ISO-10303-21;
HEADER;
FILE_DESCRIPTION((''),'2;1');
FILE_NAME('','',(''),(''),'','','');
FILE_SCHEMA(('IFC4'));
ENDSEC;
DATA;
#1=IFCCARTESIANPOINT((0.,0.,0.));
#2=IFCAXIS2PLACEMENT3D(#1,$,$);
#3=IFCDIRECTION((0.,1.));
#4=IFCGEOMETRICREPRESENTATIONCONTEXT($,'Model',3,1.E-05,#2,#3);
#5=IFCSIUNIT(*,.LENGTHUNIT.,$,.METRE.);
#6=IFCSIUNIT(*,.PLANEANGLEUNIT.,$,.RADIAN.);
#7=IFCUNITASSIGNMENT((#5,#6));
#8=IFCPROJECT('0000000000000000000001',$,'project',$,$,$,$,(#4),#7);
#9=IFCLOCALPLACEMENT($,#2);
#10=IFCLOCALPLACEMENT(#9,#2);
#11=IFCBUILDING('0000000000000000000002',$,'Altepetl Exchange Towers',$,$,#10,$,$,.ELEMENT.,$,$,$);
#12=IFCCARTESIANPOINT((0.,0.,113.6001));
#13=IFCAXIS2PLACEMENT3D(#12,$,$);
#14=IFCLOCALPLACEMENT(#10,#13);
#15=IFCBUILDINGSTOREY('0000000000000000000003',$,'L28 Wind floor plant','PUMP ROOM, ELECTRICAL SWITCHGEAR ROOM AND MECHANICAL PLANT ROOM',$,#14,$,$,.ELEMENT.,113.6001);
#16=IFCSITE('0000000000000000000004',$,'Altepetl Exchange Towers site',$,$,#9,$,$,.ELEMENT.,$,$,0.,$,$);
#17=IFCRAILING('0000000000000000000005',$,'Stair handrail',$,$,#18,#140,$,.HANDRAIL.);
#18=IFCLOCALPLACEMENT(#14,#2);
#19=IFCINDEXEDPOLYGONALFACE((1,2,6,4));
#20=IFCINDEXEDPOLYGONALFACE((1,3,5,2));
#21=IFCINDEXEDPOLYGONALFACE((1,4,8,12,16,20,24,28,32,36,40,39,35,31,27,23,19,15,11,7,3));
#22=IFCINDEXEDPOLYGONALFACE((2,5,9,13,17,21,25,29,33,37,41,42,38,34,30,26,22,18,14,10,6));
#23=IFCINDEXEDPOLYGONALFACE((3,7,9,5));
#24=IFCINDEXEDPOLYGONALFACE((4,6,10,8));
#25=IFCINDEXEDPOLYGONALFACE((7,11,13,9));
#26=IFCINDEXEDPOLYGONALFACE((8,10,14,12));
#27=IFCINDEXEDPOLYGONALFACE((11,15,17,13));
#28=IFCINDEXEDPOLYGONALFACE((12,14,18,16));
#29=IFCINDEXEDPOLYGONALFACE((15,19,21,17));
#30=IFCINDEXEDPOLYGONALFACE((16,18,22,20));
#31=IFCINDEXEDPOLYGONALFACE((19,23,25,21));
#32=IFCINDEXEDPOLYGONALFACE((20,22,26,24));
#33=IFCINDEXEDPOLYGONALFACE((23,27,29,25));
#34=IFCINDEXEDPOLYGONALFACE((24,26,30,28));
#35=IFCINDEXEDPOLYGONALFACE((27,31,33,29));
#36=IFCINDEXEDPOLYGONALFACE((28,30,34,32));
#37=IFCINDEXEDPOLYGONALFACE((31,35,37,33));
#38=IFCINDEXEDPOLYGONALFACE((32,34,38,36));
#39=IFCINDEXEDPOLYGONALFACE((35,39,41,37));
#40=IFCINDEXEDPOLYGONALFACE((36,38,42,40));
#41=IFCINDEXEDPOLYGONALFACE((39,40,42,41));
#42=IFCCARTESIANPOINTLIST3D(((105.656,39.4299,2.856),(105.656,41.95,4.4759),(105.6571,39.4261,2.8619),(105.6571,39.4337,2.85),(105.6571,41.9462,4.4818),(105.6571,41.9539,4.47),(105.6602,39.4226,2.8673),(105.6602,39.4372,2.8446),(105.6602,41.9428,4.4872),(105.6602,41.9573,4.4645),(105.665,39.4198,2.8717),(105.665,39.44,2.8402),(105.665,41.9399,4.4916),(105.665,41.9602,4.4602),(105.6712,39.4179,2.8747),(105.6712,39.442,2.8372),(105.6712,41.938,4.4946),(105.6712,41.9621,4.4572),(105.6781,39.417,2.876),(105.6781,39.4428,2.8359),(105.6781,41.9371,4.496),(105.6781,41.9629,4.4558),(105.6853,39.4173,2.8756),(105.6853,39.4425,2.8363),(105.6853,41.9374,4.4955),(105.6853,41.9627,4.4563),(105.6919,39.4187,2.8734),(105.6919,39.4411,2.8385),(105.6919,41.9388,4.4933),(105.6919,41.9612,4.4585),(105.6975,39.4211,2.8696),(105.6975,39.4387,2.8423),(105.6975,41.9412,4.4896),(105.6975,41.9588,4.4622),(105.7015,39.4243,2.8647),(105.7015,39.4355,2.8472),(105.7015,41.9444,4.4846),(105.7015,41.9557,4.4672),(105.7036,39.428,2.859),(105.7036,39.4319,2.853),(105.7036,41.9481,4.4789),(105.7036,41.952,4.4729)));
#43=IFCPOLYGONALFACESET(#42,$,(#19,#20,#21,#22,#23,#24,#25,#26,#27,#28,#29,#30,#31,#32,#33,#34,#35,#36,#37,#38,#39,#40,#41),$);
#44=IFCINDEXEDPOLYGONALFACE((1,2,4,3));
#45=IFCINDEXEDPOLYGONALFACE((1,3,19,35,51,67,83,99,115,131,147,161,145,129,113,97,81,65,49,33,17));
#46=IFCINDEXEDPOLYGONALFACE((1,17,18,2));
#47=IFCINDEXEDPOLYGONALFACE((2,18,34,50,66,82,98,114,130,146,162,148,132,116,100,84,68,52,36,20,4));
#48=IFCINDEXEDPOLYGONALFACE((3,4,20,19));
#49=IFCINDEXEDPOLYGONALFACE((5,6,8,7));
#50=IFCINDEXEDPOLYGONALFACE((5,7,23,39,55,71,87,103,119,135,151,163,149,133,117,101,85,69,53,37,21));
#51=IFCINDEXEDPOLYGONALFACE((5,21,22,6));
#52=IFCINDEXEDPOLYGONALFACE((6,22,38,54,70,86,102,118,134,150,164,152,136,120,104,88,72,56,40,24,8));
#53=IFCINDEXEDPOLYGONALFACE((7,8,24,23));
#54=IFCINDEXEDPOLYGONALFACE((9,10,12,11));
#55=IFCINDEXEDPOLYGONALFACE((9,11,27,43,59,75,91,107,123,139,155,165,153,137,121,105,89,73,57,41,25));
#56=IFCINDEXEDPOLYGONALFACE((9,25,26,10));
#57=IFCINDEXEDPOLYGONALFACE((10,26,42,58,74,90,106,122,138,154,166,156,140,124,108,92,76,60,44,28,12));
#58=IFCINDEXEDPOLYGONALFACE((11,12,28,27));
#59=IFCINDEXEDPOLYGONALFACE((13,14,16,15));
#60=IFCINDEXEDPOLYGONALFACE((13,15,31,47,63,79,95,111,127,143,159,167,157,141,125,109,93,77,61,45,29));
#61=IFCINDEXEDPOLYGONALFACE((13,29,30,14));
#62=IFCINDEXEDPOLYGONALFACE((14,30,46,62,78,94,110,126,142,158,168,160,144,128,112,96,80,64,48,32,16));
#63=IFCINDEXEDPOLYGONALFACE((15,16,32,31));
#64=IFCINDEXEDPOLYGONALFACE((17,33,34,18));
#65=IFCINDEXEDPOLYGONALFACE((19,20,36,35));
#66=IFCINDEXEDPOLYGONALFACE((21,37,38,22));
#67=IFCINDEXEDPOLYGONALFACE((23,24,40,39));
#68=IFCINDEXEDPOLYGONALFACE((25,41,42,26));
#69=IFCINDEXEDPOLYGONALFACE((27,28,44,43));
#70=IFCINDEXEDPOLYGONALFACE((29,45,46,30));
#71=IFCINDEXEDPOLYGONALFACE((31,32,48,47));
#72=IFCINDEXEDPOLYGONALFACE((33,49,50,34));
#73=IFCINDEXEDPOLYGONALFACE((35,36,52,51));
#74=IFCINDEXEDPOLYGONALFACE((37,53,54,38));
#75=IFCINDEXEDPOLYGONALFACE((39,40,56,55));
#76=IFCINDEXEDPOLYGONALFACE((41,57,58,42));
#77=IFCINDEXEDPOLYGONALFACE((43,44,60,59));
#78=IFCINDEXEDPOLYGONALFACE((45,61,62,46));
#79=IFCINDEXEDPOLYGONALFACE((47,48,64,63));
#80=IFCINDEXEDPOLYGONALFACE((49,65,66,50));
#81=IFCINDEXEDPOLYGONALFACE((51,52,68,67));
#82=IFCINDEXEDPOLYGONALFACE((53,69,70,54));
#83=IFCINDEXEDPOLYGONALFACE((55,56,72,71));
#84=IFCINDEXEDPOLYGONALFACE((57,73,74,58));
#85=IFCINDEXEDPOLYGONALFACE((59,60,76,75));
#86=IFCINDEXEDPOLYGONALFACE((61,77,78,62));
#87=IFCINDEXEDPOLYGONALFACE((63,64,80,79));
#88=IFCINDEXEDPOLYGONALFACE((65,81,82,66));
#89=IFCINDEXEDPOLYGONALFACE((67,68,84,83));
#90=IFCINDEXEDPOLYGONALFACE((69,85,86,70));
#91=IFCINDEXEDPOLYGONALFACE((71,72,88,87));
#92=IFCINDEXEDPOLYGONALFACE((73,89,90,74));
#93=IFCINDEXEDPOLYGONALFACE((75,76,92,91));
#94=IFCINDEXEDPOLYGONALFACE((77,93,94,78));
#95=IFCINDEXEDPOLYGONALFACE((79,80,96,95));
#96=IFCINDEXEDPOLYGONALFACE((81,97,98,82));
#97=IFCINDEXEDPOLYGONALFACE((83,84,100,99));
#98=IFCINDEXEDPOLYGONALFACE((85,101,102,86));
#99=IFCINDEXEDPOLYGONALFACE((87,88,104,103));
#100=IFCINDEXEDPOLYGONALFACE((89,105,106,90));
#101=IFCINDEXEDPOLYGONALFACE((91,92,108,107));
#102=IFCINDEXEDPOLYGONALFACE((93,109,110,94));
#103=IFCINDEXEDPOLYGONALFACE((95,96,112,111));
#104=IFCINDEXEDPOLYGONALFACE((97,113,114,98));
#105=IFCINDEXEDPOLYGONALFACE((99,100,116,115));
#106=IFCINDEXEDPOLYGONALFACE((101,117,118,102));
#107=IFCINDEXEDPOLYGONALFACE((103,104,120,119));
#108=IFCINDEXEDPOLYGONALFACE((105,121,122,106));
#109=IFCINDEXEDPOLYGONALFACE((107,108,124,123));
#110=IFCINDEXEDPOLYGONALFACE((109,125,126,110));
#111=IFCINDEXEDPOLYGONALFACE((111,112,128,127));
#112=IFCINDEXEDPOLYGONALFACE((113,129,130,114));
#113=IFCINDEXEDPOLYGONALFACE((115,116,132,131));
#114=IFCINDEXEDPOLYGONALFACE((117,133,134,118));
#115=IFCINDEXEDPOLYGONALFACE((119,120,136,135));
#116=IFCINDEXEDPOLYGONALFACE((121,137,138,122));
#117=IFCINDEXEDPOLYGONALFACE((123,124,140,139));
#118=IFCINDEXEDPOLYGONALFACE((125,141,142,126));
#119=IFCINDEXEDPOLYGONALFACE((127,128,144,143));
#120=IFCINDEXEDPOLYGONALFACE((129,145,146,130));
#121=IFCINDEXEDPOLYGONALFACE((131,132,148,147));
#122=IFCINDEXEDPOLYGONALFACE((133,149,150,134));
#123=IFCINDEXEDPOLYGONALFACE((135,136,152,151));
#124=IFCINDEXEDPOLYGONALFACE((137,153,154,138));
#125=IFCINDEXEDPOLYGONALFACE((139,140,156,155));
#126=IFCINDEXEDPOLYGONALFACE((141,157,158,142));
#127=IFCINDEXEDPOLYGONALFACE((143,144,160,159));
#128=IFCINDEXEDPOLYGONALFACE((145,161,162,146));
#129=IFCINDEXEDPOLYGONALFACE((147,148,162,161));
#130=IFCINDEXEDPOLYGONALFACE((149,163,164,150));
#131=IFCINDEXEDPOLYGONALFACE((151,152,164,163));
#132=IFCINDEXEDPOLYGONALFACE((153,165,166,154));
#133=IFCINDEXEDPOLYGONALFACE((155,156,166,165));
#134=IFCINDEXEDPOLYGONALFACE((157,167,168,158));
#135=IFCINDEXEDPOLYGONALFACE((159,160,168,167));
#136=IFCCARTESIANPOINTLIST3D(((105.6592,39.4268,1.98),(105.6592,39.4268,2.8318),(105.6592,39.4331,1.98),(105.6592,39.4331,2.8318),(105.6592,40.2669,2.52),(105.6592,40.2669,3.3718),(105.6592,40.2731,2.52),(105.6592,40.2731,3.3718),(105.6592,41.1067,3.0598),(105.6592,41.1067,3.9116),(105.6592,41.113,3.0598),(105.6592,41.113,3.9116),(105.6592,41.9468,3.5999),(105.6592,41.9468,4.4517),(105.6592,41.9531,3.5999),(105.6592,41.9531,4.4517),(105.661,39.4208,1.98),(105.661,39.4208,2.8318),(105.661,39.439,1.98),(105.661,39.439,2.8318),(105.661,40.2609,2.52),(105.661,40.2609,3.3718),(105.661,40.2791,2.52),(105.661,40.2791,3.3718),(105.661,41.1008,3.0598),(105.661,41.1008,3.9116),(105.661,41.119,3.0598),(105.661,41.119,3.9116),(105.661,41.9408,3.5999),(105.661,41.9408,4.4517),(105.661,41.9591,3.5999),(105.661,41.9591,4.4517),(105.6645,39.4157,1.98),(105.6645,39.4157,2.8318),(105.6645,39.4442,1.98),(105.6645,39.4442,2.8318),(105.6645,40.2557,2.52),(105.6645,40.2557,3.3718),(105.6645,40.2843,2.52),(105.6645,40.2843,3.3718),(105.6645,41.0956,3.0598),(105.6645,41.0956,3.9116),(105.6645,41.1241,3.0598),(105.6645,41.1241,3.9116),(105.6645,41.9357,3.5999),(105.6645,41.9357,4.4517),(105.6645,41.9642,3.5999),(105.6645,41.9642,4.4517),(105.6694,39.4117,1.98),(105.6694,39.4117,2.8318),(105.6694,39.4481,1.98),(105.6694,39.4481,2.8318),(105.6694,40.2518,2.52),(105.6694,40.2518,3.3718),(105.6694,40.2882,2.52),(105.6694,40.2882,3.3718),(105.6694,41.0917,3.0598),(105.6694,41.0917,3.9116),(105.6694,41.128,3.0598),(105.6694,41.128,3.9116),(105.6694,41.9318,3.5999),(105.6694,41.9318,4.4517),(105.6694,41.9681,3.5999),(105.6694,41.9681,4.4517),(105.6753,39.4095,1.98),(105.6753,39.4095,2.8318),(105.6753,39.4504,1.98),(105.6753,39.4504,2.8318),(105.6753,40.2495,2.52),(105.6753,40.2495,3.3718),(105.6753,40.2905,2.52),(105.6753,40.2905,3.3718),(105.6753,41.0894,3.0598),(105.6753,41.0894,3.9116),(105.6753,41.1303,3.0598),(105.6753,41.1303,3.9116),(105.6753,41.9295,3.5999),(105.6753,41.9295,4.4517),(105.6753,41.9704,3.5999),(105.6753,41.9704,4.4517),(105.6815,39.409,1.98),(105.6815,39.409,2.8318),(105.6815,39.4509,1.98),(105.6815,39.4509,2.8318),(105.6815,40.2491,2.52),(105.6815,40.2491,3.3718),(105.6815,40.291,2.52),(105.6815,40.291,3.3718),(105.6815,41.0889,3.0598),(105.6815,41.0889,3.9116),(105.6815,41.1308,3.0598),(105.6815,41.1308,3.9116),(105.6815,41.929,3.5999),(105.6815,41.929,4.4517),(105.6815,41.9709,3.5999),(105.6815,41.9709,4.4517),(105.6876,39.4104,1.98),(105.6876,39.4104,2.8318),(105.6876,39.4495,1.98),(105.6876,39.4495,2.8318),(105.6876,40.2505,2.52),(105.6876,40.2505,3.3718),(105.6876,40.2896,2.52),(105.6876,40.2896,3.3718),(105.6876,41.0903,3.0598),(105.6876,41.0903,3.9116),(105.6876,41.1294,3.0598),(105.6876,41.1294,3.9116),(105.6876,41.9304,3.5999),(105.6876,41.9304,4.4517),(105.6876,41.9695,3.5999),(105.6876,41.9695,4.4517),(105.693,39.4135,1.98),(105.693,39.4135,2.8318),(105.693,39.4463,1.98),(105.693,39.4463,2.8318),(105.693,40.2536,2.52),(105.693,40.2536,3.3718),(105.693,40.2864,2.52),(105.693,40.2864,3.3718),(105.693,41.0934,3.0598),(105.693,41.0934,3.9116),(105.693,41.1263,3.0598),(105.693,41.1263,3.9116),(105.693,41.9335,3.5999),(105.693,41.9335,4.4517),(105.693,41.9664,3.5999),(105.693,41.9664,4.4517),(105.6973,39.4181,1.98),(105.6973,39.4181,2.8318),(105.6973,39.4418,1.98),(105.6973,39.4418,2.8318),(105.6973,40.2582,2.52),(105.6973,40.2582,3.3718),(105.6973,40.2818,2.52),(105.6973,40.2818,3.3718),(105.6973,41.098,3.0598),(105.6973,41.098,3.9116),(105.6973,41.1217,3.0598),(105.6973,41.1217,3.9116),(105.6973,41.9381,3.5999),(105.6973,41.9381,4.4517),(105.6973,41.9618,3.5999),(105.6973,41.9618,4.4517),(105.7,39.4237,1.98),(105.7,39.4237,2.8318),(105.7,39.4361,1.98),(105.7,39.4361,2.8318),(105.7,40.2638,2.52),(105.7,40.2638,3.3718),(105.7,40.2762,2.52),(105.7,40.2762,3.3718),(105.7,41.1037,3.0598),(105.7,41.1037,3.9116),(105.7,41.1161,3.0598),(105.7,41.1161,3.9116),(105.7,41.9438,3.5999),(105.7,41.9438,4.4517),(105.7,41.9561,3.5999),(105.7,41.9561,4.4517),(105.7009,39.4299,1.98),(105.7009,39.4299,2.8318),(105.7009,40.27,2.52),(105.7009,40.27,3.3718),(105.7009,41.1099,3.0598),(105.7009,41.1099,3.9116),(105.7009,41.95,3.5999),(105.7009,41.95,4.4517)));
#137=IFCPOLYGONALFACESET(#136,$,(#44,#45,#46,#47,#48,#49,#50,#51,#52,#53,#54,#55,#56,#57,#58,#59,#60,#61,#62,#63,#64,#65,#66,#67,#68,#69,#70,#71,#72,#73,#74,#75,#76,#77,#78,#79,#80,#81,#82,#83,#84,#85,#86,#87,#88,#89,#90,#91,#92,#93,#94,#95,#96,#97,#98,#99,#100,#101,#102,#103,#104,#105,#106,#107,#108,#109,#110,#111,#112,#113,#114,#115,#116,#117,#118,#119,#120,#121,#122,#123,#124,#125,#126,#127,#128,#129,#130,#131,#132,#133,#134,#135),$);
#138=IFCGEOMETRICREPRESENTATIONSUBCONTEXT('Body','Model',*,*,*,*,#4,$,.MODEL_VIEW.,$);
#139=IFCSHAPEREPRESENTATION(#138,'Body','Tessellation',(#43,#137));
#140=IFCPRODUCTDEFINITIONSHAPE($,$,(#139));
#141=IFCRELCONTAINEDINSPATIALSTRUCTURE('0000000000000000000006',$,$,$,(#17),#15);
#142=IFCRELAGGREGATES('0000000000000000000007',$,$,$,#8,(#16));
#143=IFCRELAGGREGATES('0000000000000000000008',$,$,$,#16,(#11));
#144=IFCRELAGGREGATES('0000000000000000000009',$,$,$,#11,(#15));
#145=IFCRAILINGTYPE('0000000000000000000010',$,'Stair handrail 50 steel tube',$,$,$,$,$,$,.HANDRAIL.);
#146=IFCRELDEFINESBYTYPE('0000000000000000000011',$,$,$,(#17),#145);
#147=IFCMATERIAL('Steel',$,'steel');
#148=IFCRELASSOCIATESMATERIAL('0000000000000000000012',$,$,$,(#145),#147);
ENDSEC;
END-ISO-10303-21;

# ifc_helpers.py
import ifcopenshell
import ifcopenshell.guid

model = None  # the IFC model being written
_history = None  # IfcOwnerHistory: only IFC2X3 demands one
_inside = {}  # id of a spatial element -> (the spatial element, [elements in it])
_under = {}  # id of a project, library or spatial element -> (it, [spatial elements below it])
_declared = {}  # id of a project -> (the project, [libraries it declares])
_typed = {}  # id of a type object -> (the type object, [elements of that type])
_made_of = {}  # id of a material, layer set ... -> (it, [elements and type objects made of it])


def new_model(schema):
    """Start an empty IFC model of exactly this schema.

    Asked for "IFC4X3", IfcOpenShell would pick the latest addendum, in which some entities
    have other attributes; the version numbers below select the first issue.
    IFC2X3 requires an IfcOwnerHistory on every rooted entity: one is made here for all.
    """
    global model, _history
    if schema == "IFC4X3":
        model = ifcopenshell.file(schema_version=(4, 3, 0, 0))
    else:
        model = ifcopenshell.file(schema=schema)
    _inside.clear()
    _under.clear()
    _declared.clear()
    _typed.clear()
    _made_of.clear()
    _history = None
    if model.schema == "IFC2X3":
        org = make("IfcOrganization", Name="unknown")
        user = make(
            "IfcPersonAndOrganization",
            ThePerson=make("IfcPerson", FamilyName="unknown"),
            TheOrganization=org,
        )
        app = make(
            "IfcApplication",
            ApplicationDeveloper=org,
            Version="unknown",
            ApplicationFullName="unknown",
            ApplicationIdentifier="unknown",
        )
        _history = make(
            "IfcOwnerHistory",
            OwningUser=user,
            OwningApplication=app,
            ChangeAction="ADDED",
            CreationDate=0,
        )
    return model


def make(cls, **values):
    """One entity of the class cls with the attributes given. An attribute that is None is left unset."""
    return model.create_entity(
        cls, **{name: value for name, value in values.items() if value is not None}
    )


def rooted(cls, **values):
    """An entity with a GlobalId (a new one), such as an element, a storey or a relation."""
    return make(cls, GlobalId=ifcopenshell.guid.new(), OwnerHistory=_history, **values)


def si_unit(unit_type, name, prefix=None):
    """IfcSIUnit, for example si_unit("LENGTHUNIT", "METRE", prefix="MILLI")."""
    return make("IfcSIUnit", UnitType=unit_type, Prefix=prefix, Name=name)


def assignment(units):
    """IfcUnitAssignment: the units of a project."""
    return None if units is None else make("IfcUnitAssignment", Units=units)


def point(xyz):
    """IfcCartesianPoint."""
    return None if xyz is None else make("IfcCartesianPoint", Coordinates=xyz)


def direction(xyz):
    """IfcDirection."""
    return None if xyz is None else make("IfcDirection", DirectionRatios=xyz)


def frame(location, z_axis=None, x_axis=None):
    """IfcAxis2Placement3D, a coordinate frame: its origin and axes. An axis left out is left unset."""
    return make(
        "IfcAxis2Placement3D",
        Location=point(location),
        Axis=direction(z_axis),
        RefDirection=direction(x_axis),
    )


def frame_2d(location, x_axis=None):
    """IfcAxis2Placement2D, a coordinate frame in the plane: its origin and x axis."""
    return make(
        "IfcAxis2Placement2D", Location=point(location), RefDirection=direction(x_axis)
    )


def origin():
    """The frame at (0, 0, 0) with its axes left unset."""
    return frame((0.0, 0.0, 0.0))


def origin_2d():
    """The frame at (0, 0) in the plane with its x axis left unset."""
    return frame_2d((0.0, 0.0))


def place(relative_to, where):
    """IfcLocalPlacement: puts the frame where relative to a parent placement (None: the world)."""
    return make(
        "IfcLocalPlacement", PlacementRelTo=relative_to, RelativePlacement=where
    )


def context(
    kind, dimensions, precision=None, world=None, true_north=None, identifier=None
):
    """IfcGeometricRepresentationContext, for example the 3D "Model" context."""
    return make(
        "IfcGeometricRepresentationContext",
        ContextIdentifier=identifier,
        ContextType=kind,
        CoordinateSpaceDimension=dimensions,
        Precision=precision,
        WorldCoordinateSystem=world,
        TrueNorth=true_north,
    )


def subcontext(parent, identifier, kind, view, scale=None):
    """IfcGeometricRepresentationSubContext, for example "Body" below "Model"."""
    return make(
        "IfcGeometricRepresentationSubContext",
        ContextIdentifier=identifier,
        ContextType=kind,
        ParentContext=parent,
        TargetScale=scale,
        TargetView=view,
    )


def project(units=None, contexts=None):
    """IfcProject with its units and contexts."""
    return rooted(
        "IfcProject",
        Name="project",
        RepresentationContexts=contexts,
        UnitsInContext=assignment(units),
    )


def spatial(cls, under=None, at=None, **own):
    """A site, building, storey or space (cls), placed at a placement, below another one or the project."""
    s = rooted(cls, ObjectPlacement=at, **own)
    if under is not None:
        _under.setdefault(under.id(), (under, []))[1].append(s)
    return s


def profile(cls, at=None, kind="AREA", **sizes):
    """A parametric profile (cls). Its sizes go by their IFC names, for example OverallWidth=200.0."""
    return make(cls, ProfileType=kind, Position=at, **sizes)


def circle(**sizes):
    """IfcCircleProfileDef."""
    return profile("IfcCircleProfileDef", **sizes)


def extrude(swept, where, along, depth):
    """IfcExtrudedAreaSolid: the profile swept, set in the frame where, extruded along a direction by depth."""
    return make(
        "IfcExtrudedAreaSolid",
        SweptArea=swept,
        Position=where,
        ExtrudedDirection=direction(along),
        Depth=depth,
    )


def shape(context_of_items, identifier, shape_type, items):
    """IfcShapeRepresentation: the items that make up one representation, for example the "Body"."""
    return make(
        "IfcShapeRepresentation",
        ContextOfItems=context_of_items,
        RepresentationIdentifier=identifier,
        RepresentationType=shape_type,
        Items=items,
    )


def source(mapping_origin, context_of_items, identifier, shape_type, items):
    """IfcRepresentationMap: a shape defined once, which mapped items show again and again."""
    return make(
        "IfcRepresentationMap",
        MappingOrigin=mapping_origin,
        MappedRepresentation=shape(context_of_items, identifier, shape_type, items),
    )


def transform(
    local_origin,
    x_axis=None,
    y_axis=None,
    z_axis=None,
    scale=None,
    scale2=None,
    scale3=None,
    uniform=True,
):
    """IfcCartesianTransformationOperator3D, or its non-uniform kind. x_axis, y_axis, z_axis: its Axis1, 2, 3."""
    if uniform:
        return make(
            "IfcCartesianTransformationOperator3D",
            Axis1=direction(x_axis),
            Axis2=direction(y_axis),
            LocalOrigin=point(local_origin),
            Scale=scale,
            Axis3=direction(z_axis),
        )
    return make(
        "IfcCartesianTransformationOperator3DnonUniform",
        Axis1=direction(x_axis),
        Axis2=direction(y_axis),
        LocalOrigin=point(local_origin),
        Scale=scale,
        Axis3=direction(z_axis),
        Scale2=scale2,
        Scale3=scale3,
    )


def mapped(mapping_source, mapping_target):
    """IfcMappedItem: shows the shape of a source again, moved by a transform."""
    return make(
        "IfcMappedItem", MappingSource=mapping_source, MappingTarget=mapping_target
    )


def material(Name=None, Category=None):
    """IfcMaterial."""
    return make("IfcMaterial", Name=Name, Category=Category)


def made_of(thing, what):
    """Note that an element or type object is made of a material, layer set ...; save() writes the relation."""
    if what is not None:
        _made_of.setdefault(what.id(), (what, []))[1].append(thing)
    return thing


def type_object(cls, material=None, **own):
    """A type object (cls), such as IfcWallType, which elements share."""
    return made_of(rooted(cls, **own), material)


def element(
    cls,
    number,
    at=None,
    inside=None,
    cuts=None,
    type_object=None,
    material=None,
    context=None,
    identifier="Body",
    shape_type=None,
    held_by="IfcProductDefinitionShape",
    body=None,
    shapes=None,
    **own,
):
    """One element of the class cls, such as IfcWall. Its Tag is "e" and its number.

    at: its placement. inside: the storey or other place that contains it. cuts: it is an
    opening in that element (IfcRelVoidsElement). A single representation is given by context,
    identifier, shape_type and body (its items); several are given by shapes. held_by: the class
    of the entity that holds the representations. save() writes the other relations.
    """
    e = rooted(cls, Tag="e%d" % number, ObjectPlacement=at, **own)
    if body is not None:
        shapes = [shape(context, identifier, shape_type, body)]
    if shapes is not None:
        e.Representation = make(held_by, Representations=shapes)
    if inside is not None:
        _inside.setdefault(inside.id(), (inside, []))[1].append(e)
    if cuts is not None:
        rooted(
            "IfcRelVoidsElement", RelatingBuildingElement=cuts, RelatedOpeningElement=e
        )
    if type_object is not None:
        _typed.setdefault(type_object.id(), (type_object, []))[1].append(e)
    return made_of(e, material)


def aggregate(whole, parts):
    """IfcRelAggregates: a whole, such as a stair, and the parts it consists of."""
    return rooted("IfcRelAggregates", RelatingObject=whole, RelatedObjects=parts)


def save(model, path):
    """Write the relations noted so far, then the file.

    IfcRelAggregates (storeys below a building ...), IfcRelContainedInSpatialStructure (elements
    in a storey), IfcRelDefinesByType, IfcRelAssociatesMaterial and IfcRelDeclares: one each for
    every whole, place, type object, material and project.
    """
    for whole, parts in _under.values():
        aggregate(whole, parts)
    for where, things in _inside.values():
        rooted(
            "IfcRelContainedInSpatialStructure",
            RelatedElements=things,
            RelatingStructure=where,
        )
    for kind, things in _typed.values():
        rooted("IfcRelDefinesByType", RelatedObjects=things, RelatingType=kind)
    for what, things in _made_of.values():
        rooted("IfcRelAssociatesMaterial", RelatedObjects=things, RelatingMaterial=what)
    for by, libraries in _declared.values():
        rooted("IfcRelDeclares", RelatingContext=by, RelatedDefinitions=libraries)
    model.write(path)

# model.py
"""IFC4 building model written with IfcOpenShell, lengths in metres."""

from ifc_helpers import new_model, si_unit, direction, frame, origin, origin_2d, place, context, subcontext, project, spatial, circle, extrude, source, transform, mapped, material, type_object, element, save


model = new_model("IFC4")

# Units and contexts
model_context = context("Model", 3, precision=1e-05, world=origin(), true_north=direction((0.0, 1.0)))
body_context = subcontext(model_context, "Body", "Model", "MODEL_VIEW")
ifc_project = project(units=[si_unit("LENGTHUNIT", "METRE"), si_unit("PLANEANGLEUNIT", "RADIAN")], contexts=[model_context])

# Site, building, storey
site_placement = place(None, origin())
site = spatial("IfcSite", under=ifc_project, at=site_placement, Name="Altepetl Exchange Towers site", CompositionType="ELEMENT", RefElevation=0.0)
building_placement = place(site_placement, origin())
building = spatial("IfcBuilding", under=site, at=building_placement, Name="Altepetl Exchange Towers", CompositionType="ELEMENT")
storey_placement = place(building_placement, frame((0.0, 0.0, 113.6001)))
storey = spatial("IfcBuildingStorey", under=building, at=storey_placement, Name="L28 Wind floor plant", Description="PUMP ROOM, ELECTRICAL SWITCHGEAR ROOM AND MECHANICAL PLANT ROOM", CompositionType="ELEMENT", Elevation=113.6001)

# Railing
ifc_material_1 = material(Name="Steel", Category="steel")
railing_type = type_object("IfcRailingType", Name="Stair handrail 50 steel tube", PredefinedType="HANDRAIL", material=ifc_material_1)
shared_shape = source(origin(), body_context, "Body", "SweptSolid", [
    extrude(circle(Radius=0.021, at=origin_2d()), origin(), (0.0, 0.0, 1.0), 0.8518),
])
railing_1_placement = place(storey_placement, frame((105.6799, 39.4299, 1.98)))
element("IfcRailing", 1, at=railing_1_placement, inside=storey, type_object=railing_type, Name="Stair handrail", PredefinedType="HANDRAIL", context=body_context, shape_type="SweptSolid", body=[
    extrude(circle(Radius=0.0239, at=origin_2d()), frame((0.0, 0.0, 0.876), z_axis=(0.0, 0.8412, 0.540725), x_axis=(-1.0, 0.0, 0.0)), (0.0, 0.0, 1.0), 2.9958),
    mapped(shared_shape, transform((0.0, 0.0, 0.0))),
    mapped(shared_shape, transform((0.0, 0.8401, 0.54))),
    mapped(shared_shape, transform((0.0, 1.6799, 1.0798))),
    mapped(shared_shape, transform((0.0, 2.52, 1.6199))),
])

save(model, "model.ifc")
